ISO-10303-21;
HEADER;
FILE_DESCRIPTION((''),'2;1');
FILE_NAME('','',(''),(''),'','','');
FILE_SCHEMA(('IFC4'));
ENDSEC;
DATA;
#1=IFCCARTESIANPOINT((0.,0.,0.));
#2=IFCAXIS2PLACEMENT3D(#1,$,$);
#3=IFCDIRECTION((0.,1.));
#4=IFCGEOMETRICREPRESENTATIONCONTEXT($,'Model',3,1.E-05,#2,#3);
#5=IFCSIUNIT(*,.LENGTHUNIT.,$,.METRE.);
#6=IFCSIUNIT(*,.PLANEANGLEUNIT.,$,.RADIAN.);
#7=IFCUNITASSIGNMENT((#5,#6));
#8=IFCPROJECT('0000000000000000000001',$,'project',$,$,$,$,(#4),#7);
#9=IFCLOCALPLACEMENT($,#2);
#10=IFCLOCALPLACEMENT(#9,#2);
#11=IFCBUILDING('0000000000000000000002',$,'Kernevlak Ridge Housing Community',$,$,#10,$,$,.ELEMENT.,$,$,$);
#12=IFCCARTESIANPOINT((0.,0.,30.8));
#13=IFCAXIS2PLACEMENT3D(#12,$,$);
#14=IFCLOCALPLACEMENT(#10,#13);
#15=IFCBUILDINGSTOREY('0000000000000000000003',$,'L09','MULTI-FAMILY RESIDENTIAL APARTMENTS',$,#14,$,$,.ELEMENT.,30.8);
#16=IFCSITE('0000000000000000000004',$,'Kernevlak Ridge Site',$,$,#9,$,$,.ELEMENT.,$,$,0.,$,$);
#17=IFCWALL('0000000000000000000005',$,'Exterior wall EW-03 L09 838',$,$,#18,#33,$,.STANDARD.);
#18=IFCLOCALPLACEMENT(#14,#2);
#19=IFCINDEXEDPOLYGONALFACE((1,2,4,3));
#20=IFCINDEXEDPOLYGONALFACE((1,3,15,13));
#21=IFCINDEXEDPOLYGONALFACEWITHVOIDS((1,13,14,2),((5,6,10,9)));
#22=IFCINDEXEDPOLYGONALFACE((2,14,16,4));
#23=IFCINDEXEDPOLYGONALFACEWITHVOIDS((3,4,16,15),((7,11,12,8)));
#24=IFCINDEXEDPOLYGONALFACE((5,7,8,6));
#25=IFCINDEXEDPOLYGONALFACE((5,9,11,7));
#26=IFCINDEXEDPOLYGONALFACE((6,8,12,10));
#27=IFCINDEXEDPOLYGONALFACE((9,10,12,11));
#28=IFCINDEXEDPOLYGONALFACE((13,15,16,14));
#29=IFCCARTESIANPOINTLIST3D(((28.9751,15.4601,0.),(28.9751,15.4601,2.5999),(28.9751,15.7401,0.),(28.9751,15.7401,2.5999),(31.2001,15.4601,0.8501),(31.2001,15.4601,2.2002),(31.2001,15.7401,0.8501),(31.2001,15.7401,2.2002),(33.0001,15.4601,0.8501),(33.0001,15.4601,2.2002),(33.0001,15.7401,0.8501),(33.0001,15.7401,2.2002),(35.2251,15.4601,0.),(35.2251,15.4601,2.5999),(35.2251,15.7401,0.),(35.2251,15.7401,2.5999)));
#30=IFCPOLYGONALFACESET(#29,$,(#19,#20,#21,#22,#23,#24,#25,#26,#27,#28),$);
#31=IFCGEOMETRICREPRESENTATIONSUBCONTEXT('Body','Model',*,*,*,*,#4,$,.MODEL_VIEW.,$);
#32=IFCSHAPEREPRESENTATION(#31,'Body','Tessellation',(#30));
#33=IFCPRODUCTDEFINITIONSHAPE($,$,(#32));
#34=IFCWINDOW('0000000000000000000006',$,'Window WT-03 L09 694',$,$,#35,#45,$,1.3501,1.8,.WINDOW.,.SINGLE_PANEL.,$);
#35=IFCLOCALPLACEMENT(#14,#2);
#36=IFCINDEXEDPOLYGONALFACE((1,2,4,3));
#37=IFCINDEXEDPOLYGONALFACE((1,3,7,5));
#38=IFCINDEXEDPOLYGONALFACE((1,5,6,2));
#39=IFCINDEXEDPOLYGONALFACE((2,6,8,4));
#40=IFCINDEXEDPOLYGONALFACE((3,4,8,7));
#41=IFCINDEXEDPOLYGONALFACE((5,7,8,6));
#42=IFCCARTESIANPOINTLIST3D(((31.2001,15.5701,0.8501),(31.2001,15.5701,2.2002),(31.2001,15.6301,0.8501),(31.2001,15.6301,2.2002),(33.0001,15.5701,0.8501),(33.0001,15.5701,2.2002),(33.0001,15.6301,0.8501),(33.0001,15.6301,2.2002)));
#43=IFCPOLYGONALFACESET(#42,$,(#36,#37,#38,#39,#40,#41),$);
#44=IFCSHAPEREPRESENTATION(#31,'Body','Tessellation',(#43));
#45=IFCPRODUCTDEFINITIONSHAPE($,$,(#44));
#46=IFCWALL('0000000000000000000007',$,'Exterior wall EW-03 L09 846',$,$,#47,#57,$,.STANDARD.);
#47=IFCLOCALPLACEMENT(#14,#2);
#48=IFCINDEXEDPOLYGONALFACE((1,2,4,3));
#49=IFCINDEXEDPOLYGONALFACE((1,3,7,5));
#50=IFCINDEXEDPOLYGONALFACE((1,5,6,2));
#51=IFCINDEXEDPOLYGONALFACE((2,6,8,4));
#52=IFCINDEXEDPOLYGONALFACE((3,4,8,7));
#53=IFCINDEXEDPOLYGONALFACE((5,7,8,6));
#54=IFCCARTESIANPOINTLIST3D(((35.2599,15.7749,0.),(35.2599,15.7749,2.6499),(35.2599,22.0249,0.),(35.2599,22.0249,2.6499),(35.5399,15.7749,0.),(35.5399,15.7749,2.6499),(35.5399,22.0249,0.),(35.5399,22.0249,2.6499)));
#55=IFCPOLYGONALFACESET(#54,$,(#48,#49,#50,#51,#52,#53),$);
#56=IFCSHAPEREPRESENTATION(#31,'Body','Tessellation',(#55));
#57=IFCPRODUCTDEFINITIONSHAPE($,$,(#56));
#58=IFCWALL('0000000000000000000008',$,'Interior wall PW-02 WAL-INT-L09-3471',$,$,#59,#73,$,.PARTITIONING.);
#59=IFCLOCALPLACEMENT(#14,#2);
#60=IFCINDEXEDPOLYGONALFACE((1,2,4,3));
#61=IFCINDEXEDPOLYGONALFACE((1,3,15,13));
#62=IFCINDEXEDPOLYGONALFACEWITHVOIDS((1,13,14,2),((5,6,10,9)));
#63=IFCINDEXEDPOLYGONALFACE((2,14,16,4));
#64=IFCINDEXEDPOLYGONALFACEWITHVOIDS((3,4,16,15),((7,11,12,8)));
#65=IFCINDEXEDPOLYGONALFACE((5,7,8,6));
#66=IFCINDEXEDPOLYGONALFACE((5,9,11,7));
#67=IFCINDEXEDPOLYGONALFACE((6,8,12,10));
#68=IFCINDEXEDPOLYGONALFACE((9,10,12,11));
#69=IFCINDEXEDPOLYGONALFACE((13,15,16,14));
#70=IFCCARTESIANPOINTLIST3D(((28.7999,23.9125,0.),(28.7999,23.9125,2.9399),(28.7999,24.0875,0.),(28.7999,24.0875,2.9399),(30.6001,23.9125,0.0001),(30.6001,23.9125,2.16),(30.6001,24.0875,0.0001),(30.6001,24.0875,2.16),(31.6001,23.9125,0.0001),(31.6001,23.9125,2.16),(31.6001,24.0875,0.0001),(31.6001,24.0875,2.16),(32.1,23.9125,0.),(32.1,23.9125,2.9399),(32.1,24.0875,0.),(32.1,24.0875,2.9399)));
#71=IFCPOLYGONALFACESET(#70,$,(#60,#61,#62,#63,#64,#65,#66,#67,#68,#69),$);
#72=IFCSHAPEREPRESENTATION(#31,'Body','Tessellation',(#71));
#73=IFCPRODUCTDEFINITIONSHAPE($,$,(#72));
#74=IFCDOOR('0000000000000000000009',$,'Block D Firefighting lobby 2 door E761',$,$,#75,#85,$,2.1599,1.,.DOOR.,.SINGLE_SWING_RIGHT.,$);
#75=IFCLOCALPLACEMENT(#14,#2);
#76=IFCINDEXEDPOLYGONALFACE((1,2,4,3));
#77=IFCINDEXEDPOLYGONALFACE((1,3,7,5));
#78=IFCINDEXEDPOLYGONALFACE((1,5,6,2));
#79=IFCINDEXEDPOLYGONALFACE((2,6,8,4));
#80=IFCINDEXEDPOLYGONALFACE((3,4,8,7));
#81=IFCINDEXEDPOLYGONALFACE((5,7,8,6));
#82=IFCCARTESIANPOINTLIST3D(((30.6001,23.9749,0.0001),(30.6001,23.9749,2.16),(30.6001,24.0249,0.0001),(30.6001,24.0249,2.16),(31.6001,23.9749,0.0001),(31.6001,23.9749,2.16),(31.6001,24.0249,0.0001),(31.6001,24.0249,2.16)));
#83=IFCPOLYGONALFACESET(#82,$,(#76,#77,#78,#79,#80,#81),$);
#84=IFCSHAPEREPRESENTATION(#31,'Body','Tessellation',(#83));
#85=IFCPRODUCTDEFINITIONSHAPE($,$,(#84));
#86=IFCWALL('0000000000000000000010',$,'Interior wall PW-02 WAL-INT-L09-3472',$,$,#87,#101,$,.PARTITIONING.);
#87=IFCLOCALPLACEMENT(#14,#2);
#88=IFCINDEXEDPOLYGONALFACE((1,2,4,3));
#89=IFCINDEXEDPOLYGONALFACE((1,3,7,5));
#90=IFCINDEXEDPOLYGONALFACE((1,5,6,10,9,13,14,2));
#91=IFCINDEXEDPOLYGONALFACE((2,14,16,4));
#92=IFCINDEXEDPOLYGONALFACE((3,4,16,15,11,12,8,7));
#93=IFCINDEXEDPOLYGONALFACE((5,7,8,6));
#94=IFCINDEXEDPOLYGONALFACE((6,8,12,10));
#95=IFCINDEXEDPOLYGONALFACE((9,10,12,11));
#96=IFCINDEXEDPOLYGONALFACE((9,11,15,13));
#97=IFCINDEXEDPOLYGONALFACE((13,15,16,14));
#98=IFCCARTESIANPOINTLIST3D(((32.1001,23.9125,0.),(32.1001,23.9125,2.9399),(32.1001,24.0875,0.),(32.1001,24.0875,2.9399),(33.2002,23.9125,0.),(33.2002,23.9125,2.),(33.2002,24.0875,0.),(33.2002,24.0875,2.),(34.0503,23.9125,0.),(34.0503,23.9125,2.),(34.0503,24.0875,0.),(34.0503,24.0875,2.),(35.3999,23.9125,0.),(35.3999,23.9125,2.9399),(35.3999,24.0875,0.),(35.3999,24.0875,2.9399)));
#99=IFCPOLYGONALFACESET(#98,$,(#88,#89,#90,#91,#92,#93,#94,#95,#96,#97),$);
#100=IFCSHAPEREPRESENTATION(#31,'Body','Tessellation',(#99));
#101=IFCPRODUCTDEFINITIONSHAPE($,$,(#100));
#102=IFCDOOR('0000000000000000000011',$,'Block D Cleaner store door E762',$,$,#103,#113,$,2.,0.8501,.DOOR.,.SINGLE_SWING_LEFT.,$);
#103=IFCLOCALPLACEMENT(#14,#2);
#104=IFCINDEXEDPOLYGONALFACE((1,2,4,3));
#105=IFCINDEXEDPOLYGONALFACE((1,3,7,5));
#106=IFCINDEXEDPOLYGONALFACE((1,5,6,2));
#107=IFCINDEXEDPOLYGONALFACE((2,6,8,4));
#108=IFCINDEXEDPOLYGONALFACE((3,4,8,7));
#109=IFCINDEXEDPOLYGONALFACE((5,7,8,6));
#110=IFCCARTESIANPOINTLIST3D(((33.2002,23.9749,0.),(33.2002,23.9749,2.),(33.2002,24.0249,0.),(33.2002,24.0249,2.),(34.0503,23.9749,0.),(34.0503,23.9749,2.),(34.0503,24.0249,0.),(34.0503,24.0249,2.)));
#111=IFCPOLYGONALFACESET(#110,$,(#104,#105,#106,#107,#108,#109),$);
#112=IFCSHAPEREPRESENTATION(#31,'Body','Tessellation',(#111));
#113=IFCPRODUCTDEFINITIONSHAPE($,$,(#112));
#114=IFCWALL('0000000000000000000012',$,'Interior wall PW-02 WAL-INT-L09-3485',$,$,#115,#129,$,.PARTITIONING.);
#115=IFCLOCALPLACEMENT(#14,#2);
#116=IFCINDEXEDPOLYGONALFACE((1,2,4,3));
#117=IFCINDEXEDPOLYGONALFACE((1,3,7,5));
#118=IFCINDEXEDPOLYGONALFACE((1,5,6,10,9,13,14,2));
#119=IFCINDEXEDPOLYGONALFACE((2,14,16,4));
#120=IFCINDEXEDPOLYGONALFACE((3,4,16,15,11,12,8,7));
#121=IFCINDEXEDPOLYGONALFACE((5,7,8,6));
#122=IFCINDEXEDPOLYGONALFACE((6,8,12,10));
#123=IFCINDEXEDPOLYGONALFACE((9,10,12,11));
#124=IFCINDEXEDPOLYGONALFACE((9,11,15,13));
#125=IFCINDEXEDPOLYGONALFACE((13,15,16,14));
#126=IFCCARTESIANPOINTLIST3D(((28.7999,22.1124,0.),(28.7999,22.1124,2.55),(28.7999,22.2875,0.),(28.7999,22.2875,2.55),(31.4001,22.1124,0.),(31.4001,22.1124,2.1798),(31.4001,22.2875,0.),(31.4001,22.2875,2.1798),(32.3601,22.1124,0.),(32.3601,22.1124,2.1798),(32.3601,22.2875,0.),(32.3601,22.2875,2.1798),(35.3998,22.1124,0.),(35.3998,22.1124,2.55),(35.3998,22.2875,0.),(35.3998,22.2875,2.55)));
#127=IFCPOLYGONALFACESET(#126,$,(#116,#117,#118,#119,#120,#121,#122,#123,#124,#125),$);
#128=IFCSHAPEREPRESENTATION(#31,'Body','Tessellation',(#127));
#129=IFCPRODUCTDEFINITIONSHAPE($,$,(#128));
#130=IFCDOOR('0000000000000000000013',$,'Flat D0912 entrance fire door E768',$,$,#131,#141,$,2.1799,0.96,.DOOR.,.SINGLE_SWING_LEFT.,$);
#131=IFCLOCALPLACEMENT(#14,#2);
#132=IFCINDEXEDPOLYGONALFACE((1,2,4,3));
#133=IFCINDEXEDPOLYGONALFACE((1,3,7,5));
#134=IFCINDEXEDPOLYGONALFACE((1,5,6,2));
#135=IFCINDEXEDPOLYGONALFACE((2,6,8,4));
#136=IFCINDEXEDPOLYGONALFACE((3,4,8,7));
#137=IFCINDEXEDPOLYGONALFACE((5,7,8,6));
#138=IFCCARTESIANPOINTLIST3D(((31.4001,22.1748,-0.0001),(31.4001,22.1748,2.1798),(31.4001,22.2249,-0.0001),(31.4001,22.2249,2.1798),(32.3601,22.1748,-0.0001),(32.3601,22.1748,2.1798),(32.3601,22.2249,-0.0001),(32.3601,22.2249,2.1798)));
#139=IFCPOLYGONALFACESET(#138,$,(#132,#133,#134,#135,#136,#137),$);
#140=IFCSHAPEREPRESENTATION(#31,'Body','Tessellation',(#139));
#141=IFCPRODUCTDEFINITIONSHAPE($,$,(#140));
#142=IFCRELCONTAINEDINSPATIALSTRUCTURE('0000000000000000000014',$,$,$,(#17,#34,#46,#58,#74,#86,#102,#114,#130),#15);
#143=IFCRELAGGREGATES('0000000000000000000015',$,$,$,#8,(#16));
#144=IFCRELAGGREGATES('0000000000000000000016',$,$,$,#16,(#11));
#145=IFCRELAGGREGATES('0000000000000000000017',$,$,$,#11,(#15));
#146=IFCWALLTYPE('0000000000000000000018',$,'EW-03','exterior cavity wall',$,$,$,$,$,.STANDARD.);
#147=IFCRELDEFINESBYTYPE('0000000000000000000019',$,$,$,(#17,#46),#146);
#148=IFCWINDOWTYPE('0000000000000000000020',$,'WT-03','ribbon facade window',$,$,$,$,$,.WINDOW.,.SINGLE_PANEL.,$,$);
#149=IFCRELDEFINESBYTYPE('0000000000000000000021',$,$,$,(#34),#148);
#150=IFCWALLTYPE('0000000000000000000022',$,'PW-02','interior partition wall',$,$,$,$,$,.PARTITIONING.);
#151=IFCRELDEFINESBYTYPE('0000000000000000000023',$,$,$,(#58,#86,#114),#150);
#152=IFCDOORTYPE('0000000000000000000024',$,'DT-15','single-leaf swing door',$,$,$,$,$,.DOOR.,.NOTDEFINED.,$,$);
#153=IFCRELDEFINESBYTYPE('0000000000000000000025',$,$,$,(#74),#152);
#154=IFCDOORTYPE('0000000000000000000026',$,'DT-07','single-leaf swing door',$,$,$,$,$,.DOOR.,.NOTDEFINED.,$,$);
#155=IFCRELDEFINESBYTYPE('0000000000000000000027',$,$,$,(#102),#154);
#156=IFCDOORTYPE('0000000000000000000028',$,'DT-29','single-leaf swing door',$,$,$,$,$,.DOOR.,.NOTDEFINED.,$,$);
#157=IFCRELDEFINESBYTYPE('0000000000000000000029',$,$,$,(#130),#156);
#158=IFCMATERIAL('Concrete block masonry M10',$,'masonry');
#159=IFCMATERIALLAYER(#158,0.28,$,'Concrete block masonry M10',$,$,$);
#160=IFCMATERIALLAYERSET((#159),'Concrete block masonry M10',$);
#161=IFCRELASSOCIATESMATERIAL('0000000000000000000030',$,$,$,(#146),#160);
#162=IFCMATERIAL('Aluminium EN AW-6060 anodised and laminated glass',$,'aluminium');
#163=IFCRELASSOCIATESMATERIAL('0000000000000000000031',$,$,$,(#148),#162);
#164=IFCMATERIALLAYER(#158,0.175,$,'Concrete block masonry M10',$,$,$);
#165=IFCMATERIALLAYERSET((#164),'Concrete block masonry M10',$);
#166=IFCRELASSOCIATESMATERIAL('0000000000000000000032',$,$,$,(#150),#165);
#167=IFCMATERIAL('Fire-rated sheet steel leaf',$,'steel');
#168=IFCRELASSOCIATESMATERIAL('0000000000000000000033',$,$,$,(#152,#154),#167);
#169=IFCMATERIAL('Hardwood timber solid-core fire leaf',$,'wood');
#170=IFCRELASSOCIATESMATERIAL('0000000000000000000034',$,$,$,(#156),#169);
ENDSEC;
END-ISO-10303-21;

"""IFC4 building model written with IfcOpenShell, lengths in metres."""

from ifc_helpers import new_model, si_unit, direction, frame, frame_2d, origin, place, context, subcontext, project, spatial, rectangle, extrude, material, layer, layer_set, type_object, element, fill, save


model = new_model("IFC4")

# Units and contexts
model_context = context("Model", 3, precision=1e-05, world=origin(), true_north=direction((0.0, 1.0)))
body_context = subcontext(model_context, "Body", "Model", "MODEL_VIEW")
ifc_project = project(units=[si_unit("LENGTHUNIT", "METRE"), si_unit("PLANEANGLEUNIT", "RADIAN")], contexts=[model_context])

# Site, building, storey
site_placement = place(None, origin())
site = spatial("IfcSite", under=ifc_project, at=site_placement, Name="Kernevlak Ridge Site", CompositionType="ELEMENT", RefElevation=0.0)
building_placement = place(site_placement, origin())
building = spatial("IfcBuilding", under=site, at=building_placement, Name="Kernevlak Ridge Housing Community", CompositionType="ELEMENT")
storey_placement = place(building_placement, frame((0.0, 0.0, 30.8)))
storey = spatial("IfcBuildingStorey", under=building, at=storey_placement, Name="L09", Description="MULTI-FAMILY RESIDENTIAL APARTMENTS", CompositionType="ELEMENT", Elevation=30.8)

# Shared definitions
ifc_material_1 = material(Name="Aluminium EN AW-6060 anodised and laminated glass", Category="aluminium")

# Wall, opening, window
ifc_material_2 = material(Name="Concrete block masonry M10", Category="masonry")
ifc_layer_1 = layer(ifc_material_2, 0.28, Name="Concrete block masonry M10")
ifc_layer_set_1 = layer_set([ifc_layer_1], Name="Concrete block masonry M10")
wall_type_1 = type_object("IfcWallType", Name="EW-03", Description="exterior cavity wall", PredefinedType="STANDARD", material=ifc_layer_set_1)
wall_1_placement = place(storey_placement, frame((28.9751, 15.6001, 0.0), z_axis=(0.0, 0.0, 1.0), x_axis=(1.0, 0.0, 0.0)))
wall_1 = element("IfcWall", 1, at=wall_1_placement, inside=storey, type_object=wall_type_1, Name="Exterior wall EW-03 L09 838", PredefinedType="STANDARD", context=body_context, shape_type="SweptSolid", body=[
    extrude(rectangle(XDim=6.25, YDim=0.28, at=frame_2d((3.125, 0.0))), origin(), (0.0, 0.0, 1.0), 2.5999),
])
opening_1_placement = place(wall_1_placement, frame((2.2251, 0.0, 0.8501)))
opening_1 = element("IfcOpeningElement", 2, at=opening_1_placement, cuts=wall_1, PredefinedType="OPENING", context=body_context, shape_type="SweptSolid", body=[
    extrude(rectangle(XDim=1.8, YDim=1.3501, at=frame_2d((0.8999, 0.675))), frame((0.0, 0.1499, 0.0), z_axis=(0.0, -1.0, 0.0), x_axis=(1.0, 0.0, 0.0)), (0.0, 0.0, 1.0), 0.3),
])
window_type = type_object("IfcWindowType", Name="WT-03", Description="ribbon facade window", PartitioningType="SINGLE_PANEL", PredefinedType="WINDOW", material=ifc_material_1)
window_placement = place(opening_1_placement, origin())
window = element("IfcWindow", 3, at=window_placement, inside=storey, type_object=window_type, Name="Window WT-03 L09 694", OverallHeight=1.3501, OverallWidth=1.8, PartitioningType="SINGLE_PANEL", PredefinedType="WINDOW", context=body_context, shape_type="SweptSolid", body=[
    extrude(rectangle(XDim=1.8, YDim=1.3501, at=frame_2d((0.8999, 0.675))), frame((0.0, 0.03, 0.0), z_axis=(0.0, -1.0, 0.0), x_axis=(1.0, 0.0, 0.0)), (0.0, 0.0, 1.0), 0.0601),
])
fill(opening_1, window)

# Wall
wall_2_placement = place(storey_placement, frame((35.3999, 15.7749, 0.0), z_axis=(0.0, 0.0, 1.0), x_axis=(0.0, 1.0, 0.0)))
element("IfcWall", 4, at=wall_2_placement, inside=storey, type_object=wall_type_1, Name="Exterior wall EW-03 L09 846", PredefinedType="STANDARD", context=body_context, shape_type="SweptSolid", body=[
    extrude(rectangle(XDim=6.25, YDim=0.28, at=frame_2d((3.125, 0.0))), origin(), (0.0, 0.0, 1.0), 2.6499),
])

# Walls, openings, doors
ifc_layer_2 = layer(ifc_material_2, 0.175, Name="Concrete block masonry M10")
ifc_layer_set_2 = layer_set([ifc_layer_2], Name="Concrete block masonry M10")
wall_type_2 = type_object("IfcWallType", Name="PW-02", Description="interior partition wall", PredefinedType="PARTITIONING", material=ifc_layer_set_2)
wall_3_placement = place(storey_placement, frame((28.8, 24.0, 0.0), z_axis=(0.0, 0.0, 1.0), x_axis=(1.0, 0.0, 0.0)))
wall_3 = element("IfcWall", 5, at=wall_3_placement, inside=storey, type_object=wall_type_2, Name="Interior wall PW-02 WAL-INT-L09-3471", PredefinedType="PARTITIONING", context=body_context, shape_type="SweptSolid", body=[
    extrude(rectangle(XDim=3.3, YDim=0.175, at=frame_2d((1.6499, 0.0))), origin(), (0.0, 0.0, 1.0), 2.9399),
])
opening_2_placement = place(wall_3_placement, frame((1.8, 0.0, 0.0)))
opening_2 = element("IfcOpeningElement", 6, at=opening_2_placement, cuts=wall_3, PredefinedType="OPENING", context=body_context, shape_type="SweptSolid", body=[
    extrude(rectangle(XDim=1.0, YDim=2.1599, at=frame_2d((0.5, 1.0801))), frame((0.0, 0.0974, 0.0), z_axis=(0.0, -1.0, 0.0), x_axis=(1.0, 0.0, 0.0)), (0.0, 0.0, 1.0), 0.1951),
])
ifc_material_3 = material(Name="Fire-rated sheet steel leaf", Category="steel")
door_type_1 = type_object("IfcDoorType", Name="DT-15", Description="single-leaf swing door", OperationType="NOTDEFINED", PredefinedType="DOOR", material=ifc_material_3)
door_1_placement = place(opening_2_placement, origin())
door_1 = element("IfcDoor", 7, at=door_1_placement, inside=storey, type_object=door_type_1, Name="Block D Firefighting lobby 2 door E761", OperationType="SINGLE_SWING_RIGHT", OverallHeight=2.1599, OverallWidth=1.0, PredefinedType="DOOR", context=body_context, shape_type="SweptSolid", body=[
    extrude(rectangle(XDim=1.0, YDim=2.1599, at=frame_2d((0.5, 1.0801))), frame((0.0, 0.0249, 0.0), z_axis=(0.0, -1.0, 0.0), x_axis=(1.0, 0.0, 0.0)), (0.0, 0.0, 1.0), 0.05),
])
fill(opening_2, door_1)
wall_4_placement = place(storey_placement, frame((32.1001, 24.0, 0.0), z_axis=(0.0, 0.0, 1.0), x_axis=(1.0, 0.0, 0.0)))
wall_4 = element("IfcWall", 8, at=wall_4_placement, inside=storey, type_object=wall_type_2, Name="Interior wall PW-02 WAL-INT-L09-3472", PredefinedType="PARTITIONING", context=body_context, shape_type="SweptSolid", body=[
    extrude(rectangle(XDim=3.2998, YDim=0.175, at=frame_2d((1.6499, 0.0))), origin(), (0.0, 0.0, 1.0), 2.9399),
])
opening_3_placement = place(wall_4_placement, frame((1.1001, 0.0, 0.0)))
opening_3 = element("IfcOpeningElement", 9, at=opening_3_placement, cuts=wall_4, PredefinedType="OPENING", context=body_context, shape_type="SweptSolid", body=[
    extrude(rectangle(XDim=0.8501, YDim=2.0, at=frame_2d((0.425, 1.0))), frame((0.0, 0.0974, 0.0), z_axis=(0.0, -1.0, 0.0), x_axis=(1.0, 0.0, 0.0)), (0.0, 0.0, 1.0), 0.1951),
])
door_type_2 = type_object("IfcDoorType", Name="DT-07", Description="single-leaf swing door", OperationType="NOTDEFINED", PredefinedType="DOOR", material=ifc_material_3)
door_2_placement = place(opening_3_placement, origin())
door_2 = element("IfcDoor", 10, at=door_2_placement, inside=storey, type_object=door_type_2, Name="Block D Cleaner store door E762", OperationType="SINGLE_SWING_LEFT", OverallHeight=2.0, OverallWidth=0.8501, PredefinedType="DOOR", context=body_context, shape_type="SweptSolid", body=[
    extrude(rectangle(XDim=0.8501, YDim=2.0, at=frame_2d((0.425, 1.0))), frame((0.0, 0.0249, 0.0), z_axis=(0.0, -1.0, 0.0), x_axis=(1.0, 0.0, 0.0)), (0.0, 0.0, 1.0), 0.05),
])
fill(opening_3, door_2)
wall_5_placement = place(storey_placement, frame((28.8, 22.2, 0.0), z_axis=(0.0, 0.0, 1.0), x_axis=(1.0, 0.0, 0.0)))
wall_5 = element("IfcWall", 11, at=wall_5_placement, inside=storey, type_object=wall_type_2, Name="Interior wall PW-02 WAL-INT-L09-3485", PredefinedType="PARTITIONING", context=body_context, shape_type="SweptSolid", body=[
    extrude(rectangle(XDim=6.5999, YDim=0.175, at=frame_2d((3.2998, 0.0))), origin(), (0.0, 0.0, 1.0), 2.55),
])
opening_4_placement = place(wall_5_placement, frame((2.6001, 0.0, 0.0)))
opening_4 = element("IfcOpeningElement", 12, at=opening_4_placement, cuts=wall_5, PredefinedType="OPENING", context=body_context, shape_type="SweptSolid", body=[
    extrude(rectangle(XDim=0.96, YDim=2.1799, at=frame_2d((0.48, 1.0898))), frame((0.0, 0.0974, 0.0), z_axis=(0.0, -1.0, 0.0), x_axis=(1.0, 0.0, 0.0)), (0.0, 0.0, 1.0), 0.1951),
])
ifc_material_4 = material(Name="Hardwood timber solid-core fire leaf", Category="wood")
door_type_3 = type_object("IfcDoorType", Name="DT-29", Description="single-leaf swing door", OperationType="NOTDEFINED", PredefinedType="DOOR", material=ifc_material_4)
door_3_placement = place(opening_4_placement, origin())
door_3 = element("IfcDoor", 13, at=door_3_placement, inside=storey, type_object=door_type_3, Name="Flat D0912 entrance fire door E768", OperationType="SINGLE_SWING_LEFT", OverallHeight=2.1799, OverallWidth=0.96, PredefinedType="DOOR", context=body_context, shape_type="SweptSolid", body=[
    extrude(rectangle(XDim=0.96, YDim=2.1799, at=frame_2d((0.48, 1.0898))), frame((0.0, 0.0249, 0.0), z_axis=(0.0, -1.0, 0.0), x_axis=(1.0, 0.0, 0.0)), (0.0, 0.0, 1.0), 0.05),
])
fill(opening_4, door_3)

save(model, "model.ifc")
